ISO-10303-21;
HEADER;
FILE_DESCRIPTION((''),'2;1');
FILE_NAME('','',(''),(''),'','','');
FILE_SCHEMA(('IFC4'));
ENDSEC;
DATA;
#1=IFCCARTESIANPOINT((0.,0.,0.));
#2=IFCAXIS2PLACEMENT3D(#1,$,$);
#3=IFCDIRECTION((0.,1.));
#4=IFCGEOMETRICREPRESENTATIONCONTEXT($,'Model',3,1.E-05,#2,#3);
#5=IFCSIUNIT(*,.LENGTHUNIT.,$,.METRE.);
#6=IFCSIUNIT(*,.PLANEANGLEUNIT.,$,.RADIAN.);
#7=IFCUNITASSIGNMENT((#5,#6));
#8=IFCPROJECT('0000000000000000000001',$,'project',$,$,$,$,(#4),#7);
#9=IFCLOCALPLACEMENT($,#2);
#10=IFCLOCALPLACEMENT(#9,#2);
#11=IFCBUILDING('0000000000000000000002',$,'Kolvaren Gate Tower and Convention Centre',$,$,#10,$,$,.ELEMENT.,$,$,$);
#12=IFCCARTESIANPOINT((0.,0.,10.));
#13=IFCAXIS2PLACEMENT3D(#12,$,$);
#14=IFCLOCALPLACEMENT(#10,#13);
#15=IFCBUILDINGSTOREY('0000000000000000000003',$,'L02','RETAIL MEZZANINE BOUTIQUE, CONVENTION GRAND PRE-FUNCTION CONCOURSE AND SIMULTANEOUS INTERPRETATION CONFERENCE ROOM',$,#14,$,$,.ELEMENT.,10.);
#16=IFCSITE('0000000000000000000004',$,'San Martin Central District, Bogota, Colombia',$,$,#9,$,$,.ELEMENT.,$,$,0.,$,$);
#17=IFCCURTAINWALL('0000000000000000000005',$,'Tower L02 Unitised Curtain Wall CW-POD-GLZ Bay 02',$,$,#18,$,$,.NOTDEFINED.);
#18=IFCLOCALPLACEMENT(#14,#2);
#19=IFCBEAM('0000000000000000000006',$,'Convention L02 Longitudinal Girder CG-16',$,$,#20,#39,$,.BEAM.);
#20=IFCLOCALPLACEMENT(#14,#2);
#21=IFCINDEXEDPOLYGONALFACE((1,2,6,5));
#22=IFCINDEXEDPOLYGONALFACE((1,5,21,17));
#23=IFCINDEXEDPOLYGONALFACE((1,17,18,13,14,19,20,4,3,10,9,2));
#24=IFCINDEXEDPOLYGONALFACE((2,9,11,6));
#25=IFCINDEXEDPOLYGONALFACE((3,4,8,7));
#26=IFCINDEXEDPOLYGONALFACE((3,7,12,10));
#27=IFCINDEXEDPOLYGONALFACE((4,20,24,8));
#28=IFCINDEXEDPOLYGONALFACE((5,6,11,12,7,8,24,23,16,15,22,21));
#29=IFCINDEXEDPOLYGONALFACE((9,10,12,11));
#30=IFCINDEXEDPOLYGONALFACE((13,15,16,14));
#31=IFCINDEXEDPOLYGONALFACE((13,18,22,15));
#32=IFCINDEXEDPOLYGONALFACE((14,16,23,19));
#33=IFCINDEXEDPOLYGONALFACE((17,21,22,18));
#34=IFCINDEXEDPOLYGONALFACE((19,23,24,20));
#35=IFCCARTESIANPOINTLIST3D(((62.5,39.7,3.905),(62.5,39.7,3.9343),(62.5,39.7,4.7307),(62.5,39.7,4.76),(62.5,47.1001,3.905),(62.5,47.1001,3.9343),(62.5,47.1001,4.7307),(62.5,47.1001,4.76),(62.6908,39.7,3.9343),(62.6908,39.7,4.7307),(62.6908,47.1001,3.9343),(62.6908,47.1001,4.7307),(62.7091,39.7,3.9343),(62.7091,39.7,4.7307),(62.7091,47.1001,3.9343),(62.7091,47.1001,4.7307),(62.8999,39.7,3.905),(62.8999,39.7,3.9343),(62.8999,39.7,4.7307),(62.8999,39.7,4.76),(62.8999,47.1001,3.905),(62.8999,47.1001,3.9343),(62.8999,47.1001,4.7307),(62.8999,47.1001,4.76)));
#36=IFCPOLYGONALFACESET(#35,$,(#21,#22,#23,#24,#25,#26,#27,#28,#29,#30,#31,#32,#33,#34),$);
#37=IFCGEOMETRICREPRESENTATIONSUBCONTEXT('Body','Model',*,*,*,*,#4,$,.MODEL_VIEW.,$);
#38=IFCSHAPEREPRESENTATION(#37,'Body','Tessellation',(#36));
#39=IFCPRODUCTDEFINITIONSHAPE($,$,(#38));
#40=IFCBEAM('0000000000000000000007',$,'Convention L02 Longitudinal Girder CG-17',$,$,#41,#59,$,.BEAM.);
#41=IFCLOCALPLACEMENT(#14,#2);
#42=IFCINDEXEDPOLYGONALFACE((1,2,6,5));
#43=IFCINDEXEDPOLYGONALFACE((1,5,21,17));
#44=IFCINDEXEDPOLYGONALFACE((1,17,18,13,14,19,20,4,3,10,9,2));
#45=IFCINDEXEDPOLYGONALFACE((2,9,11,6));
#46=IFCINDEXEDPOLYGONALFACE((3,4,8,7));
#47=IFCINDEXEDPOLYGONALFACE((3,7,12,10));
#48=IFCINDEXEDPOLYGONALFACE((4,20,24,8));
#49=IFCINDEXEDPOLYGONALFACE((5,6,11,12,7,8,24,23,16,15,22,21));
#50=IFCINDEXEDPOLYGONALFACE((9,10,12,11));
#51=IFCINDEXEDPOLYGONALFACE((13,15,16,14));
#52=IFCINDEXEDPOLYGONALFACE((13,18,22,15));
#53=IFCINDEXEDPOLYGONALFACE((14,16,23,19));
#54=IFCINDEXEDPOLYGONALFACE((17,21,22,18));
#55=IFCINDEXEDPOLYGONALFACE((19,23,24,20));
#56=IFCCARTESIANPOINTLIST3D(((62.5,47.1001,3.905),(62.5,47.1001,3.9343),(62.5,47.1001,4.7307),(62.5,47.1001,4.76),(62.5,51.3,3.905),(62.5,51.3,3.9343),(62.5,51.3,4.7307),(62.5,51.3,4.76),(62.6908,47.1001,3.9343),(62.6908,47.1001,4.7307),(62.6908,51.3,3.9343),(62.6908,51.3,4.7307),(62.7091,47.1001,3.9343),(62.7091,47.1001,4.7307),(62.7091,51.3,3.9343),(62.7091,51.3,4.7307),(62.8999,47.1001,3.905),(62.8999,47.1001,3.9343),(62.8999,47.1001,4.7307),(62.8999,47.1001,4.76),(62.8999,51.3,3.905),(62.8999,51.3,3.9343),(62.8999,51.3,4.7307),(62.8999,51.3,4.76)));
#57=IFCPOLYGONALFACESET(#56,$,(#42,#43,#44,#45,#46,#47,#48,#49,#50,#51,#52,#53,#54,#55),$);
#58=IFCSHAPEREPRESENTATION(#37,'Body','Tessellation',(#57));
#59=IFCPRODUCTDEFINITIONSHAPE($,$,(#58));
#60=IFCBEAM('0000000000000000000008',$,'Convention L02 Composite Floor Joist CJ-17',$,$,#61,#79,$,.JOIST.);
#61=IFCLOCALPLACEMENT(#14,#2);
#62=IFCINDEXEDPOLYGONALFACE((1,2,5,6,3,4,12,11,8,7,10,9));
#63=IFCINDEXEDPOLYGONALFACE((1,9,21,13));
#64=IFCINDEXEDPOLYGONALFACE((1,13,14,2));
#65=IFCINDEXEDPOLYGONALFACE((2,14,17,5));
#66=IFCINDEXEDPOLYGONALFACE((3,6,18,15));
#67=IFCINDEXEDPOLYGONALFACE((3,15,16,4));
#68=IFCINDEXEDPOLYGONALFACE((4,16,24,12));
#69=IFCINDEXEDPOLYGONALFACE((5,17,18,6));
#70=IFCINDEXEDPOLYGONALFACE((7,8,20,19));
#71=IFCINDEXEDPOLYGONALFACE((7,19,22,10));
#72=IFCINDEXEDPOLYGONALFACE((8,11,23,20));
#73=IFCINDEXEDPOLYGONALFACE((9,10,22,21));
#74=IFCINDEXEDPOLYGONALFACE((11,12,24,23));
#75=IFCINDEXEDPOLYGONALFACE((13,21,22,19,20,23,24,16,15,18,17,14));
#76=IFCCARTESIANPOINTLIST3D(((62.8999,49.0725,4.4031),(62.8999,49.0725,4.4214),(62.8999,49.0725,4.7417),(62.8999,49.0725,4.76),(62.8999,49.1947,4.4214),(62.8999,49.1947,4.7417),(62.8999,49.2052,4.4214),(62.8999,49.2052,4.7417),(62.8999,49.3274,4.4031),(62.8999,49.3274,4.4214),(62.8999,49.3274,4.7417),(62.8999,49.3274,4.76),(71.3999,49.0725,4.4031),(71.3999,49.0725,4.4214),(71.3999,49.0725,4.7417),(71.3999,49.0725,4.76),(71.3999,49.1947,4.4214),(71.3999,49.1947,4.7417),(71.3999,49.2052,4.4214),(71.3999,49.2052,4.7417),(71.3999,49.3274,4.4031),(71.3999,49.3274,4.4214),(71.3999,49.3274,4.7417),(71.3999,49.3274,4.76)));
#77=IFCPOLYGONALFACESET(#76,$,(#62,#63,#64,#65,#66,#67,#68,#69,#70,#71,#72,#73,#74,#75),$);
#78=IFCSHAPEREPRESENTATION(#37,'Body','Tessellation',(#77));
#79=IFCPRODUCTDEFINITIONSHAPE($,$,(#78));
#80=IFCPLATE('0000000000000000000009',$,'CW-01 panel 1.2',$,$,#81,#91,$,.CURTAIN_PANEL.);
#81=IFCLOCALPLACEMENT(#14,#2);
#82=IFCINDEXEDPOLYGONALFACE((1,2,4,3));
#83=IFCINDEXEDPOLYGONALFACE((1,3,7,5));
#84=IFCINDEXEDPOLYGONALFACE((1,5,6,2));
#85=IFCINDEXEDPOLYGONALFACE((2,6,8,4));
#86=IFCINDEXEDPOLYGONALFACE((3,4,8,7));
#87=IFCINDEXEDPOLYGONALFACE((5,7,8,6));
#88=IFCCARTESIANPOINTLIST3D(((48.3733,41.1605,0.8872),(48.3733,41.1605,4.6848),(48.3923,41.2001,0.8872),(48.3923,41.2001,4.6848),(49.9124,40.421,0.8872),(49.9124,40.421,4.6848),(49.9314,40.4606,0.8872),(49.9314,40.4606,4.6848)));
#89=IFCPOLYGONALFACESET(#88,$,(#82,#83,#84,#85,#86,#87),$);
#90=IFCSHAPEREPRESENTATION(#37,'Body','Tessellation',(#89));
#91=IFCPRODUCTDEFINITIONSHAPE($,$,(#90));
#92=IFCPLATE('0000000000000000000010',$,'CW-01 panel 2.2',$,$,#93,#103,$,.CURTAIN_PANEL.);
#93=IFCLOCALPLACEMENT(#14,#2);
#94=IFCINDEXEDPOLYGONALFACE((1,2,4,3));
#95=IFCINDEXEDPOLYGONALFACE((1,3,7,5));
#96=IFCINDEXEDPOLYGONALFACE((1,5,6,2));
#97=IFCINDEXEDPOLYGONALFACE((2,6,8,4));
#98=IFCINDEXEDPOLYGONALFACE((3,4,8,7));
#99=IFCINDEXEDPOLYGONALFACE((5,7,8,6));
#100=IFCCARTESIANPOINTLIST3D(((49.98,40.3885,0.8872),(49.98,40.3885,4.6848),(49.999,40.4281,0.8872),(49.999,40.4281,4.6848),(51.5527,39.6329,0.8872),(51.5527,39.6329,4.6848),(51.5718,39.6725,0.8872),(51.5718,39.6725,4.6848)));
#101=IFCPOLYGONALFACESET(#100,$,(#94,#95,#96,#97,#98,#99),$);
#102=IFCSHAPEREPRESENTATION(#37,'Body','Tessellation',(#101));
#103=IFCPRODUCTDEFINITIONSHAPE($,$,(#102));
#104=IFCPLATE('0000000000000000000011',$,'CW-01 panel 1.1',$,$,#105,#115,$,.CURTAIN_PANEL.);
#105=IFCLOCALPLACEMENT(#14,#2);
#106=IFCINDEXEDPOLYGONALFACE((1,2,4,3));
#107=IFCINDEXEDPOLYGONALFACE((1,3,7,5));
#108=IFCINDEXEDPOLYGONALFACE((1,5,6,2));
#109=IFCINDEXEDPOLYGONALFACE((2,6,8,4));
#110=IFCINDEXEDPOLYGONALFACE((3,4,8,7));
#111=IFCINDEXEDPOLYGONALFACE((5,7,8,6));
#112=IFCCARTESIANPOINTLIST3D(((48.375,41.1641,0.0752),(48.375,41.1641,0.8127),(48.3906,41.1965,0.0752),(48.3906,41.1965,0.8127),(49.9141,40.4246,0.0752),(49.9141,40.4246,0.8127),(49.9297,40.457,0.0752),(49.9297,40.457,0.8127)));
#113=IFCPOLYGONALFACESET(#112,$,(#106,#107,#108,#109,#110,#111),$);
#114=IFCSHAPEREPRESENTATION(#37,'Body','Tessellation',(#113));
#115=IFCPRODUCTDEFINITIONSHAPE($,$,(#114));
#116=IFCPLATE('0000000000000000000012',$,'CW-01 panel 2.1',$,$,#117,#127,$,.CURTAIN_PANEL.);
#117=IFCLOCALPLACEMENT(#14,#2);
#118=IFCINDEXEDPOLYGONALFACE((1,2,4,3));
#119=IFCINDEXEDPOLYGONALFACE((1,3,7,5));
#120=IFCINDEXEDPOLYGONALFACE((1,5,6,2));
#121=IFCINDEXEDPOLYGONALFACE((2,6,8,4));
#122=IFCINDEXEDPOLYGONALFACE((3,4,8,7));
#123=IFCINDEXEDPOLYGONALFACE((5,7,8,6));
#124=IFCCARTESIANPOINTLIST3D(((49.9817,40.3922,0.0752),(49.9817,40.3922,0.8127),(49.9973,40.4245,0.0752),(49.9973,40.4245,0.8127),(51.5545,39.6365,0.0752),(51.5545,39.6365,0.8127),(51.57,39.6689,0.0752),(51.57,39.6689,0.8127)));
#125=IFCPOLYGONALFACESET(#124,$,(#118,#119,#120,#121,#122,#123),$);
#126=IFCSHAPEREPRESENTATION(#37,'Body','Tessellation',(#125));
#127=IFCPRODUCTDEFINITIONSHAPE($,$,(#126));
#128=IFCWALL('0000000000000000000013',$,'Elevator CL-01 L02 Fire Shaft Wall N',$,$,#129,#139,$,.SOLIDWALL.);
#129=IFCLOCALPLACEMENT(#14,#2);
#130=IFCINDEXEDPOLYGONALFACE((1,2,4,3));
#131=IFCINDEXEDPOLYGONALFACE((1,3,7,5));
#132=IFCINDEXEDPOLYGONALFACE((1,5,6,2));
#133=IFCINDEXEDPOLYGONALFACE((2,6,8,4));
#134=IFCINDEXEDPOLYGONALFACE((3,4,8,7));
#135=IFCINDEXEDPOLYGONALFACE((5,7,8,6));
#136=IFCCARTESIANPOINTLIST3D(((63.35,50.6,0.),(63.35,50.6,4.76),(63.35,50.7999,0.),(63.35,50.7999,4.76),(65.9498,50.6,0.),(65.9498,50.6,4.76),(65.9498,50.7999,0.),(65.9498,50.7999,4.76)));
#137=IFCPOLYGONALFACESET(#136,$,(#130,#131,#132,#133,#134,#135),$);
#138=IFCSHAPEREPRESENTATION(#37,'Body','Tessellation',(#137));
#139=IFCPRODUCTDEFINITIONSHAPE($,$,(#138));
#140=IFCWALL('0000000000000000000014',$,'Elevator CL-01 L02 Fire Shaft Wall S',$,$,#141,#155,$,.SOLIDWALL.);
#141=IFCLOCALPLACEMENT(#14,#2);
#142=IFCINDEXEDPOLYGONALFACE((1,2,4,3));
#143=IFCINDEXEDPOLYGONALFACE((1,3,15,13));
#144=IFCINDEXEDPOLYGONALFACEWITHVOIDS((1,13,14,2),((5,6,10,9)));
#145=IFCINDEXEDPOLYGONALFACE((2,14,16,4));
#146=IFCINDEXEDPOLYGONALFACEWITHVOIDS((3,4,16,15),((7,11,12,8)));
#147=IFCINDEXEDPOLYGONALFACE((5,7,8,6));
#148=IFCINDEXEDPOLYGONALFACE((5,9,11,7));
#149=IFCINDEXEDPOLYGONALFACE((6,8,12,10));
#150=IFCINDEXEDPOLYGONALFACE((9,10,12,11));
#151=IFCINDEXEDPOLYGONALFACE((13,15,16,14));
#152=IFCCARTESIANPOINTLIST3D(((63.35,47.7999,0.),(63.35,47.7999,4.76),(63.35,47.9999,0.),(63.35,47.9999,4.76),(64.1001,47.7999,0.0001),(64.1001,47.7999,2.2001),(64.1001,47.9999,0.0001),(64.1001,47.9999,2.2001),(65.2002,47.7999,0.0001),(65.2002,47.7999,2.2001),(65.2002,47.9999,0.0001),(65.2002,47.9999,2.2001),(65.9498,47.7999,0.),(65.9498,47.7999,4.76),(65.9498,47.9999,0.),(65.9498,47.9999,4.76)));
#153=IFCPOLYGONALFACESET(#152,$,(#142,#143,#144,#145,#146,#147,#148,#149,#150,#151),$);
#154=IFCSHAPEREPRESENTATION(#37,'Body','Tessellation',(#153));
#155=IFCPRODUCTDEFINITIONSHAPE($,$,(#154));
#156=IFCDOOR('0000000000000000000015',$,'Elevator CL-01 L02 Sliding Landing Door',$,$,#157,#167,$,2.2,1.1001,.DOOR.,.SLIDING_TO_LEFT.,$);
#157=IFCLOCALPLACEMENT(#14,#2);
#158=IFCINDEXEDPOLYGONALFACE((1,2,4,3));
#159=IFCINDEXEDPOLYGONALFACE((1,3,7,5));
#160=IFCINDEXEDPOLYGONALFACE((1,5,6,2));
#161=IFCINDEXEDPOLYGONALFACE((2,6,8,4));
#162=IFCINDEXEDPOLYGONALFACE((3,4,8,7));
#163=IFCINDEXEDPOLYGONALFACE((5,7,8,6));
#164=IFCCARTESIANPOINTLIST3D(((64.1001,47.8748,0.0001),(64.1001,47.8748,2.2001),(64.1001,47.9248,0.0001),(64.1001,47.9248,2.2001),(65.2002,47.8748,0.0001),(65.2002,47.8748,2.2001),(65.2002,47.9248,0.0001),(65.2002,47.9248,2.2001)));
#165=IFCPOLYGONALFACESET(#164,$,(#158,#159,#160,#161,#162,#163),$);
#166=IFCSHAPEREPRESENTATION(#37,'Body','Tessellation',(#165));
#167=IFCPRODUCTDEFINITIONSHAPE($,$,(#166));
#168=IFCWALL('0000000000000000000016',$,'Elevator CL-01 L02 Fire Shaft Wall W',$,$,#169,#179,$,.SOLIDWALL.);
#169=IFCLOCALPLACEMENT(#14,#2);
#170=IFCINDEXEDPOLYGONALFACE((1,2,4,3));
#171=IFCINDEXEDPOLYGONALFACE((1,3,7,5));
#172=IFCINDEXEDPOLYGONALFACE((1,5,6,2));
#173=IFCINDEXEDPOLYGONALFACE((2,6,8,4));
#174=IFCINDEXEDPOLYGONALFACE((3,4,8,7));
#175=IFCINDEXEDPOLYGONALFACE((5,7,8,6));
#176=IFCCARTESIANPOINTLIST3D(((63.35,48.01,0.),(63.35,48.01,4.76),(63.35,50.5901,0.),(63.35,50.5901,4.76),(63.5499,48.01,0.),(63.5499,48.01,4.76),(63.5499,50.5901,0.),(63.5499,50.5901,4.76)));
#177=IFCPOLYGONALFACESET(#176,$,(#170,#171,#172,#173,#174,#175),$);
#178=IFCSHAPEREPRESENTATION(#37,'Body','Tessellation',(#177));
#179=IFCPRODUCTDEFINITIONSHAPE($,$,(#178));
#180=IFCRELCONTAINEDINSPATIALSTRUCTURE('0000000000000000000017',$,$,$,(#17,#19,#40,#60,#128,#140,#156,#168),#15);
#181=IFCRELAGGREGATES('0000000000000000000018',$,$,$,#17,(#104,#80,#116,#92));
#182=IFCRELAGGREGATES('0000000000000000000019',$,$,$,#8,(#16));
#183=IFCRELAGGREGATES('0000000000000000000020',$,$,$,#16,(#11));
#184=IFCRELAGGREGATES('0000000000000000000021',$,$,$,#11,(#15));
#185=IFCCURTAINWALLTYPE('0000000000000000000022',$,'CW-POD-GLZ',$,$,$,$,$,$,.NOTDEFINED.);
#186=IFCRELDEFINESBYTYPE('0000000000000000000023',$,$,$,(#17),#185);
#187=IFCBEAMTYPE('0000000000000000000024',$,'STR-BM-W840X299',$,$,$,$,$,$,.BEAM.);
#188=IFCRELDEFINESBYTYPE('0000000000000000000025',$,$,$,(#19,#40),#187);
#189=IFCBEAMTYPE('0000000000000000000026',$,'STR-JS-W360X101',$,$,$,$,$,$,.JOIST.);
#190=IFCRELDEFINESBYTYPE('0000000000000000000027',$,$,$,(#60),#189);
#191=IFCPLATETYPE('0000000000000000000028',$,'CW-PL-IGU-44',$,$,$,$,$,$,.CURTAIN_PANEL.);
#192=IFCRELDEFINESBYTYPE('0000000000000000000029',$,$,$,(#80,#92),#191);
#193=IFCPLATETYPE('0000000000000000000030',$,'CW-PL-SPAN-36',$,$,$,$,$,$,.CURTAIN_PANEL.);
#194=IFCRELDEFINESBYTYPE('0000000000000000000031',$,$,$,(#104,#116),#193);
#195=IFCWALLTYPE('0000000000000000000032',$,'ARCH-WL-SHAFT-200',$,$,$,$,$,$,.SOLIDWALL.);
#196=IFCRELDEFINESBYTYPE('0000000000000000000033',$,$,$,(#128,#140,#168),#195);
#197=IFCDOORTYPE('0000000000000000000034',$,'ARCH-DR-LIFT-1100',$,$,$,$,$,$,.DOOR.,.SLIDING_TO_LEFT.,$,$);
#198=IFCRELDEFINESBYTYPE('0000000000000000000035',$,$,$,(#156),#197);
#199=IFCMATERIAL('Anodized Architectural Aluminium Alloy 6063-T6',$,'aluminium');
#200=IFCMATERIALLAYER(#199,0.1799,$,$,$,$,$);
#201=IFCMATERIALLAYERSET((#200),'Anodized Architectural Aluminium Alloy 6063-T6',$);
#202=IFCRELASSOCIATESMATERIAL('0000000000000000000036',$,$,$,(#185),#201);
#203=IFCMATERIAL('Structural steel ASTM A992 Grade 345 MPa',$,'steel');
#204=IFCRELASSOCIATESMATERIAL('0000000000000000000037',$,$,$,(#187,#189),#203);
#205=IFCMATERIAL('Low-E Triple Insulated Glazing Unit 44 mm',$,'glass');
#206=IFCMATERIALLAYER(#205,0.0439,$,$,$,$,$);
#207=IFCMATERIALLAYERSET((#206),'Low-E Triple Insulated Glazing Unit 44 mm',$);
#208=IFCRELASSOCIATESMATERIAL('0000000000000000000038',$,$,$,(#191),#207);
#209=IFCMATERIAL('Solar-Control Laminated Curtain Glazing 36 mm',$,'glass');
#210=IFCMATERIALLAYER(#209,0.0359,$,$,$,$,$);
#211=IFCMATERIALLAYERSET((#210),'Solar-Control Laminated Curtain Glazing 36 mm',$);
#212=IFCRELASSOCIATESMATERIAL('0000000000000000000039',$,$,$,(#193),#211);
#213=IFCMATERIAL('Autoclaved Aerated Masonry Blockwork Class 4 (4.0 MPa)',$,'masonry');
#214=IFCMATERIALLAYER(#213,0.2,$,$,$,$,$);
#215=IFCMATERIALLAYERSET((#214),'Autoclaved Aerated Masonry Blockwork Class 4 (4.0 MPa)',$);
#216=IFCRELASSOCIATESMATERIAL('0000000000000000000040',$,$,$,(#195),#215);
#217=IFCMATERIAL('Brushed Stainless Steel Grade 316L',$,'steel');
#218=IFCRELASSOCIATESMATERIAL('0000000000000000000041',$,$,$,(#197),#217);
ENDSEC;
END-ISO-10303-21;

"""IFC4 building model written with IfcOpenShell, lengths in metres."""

from ifc_helpers import new_model, si_unit, direction, frame, frame_2d, origin, origin_2d, place, context, subcontext, project, spatial, rectangle, i_section, extrude, material, layer, layer_set, material_profile, profile_set, type_object, element, fill, aggregate, save


model = new_model("IFC4")

# Units and contexts
model_context = context("Model", 3, precision=1e-05, world=origin(), true_north=direction((0.0, 1.0)))
body_context = subcontext(model_context, "Body", "Model", "MODEL_VIEW")
ifc_project = project(units=[si_unit("LENGTHUNIT", "METRE"), si_unit("PLANEANGLEUNIT", "RADIAN")], contexts=[model_context])

# Site, building, storey
site_placement = place(None, origin())
site = spatial("IfcSite", under=ifc_project, at=site_placement, Name="San Martin Central District, Bogota, Colombia", CompositionType="ELEMENT", RefElevation=0.0)
building_placement = place(site_placement, origin())
building = spatial("IfcBuilding", under=site, at=building_placement, Name="Kolvaren Gate Tower and Convention Centre", CompositionType="ELEMENT")
storey_placement = place(building_placement, frame((0.0, 0.0, 10.0)))
storey = spatial("IfcBuildingStorey", under=building, at=storey_placement, Name="L02", Description="RETAIL MEZZANINE BOUTIQUE, CONVENTION GRAND PRE-FUNCTION CONCOURSE AND SIMULTANEOUS INTERPRETATION CONFERENCE ROOM", CompositionType="ELEMENT", Elevation=10.0)

# Curtain wall
ifc_material_1 = material(Name="Anodized Architectural Aluminium Alloy 6063-T6", Category="aluminium")
ifc_layer_1 = layer(ifc_material_1, 0.1799)
ifc_layer_set_1 = layer_set([ifc_layer_1], Name="Anodized Architectural Aluminium Alloy 6063-T6")
curtain_wall_type = type_object("IfcCurtainWallType", Name="CW-POD-GLZ", PredefinedType="NOTDEFINED", material=ifc_layer_set_1)
curtain_wall_placement = place(storey_placement, origin())
curtain_wall = element("IfcCurtainWall", 1, at=curtain_wall_placement, inside=storey, type_object=curtain_wall_type, Name="Tower L02 Unitised Curtain Wall CW-POD-GLZ Bay 02", PredefinedType="NOTDEFINED")

# Beams
ifc_material_2 = material(Name="Structural steel ASTM A992 Grade 345 MPa", Category="steel")
ifc_material_profile_1 = material_profile(ifc_material_2, i_section(OverallWidth=0.3999, OverallDepth=0.855, WebThickness=0.0183, FlangeThickness=0.0293, at=origin_2d()), Name="W840X299")
ifc_profile_set_1 = profile_set([ifc_material_profile_1], Name="Structural steel ASTM A992 Grade 345 MPa")
beam_type_1 = type_object("IfcBeamType", Name="STR-BM-W840X299", PredefinedType="BEAM", material=ifc_profile_set_1)
beam_1_placement = place(storey_placement, frame((62.7, 39.7, 4.3325), z_axis=(0.0, 1.0, 0.0), x_axis=(-1.0, 0.0, 0.0)))
element("IfcBeam", 2, at=beam_1_placement, inside=storey, type_object=beam_type_1, Name="Convention L02 Longitudinal Girder CG-16", PredefinedType="BEAM", context=body_context, shape_type="SweptSolid", body=[
    extrude(i_section(OverallWidth=0.3999, OverallDepth=0.855, WebThickness=0.0183, FlangeThickness=0.0293, at=origin_2d()), origin(), (0.0, 0.0, 1.0), 7.4001),
])
beam_2_placement = place(storey_placement, frame((62.7, 47.1001, 4.3325), z_axis=(0.0, 1.0, 0.0), x_axis=(-1.0, 0.0, 0.0)))
element("IfcBeam", 3, at=beam_2_placement, inside=storey, type_object=beam_type_1, Name="Convention L02 Longitudinal Girder CG-17", PredefinedType="BEAM", context=body_context, shape_type="SweptSolid", body=[
    extrude(i_section(OverallWidth=0.3999, OverallDepth=0.855, WebThickness=0.0183, FlangeThickness=0.0293, at=origin_2d()), origin(), (0.0, 0.0, 1.0), 4.2),
])
ifc_material_profile_2 = material_profile(ifc_material_2, i_section(OverallWidth=0.2549, OverallDepth=0.3569, WebThickness=0.0105, FlangeThickness=0.0183, at=origin_2d()), Name="W360X101")
ifc_profile_set_2 = profile_set([ifc_material_profile_2], Name="Structural steel ASTM A992 Grade 345 MPa")
beam_type_2 = type_object("IfcBeamType", Name="STR-JS-W360X101", PredefinedType="JOIST", material=ifc_profile_set_2)
beam_3_placement = place(storey_placement, frame((62.8999, 49.2, 4.5815), z_axis=(1.0, 0.0, 0.0), x_axis=(0.0, 1.0, 0.0)))
element("IfcBeam", 4, at=beam_3_placement, inside=storey, type_object=beam_type_2, Name="Convention L02 Composite Floor Joist CJ-17", PredefinedType="JOIST", context=body_context, shape_type="SweptSolid", body=[
    extrude(i_section(OverallWidth=0.2549, OverallDepth=0.3569, WebThickness=0.0105, FlangeThickness=0.0183, at=origin_2d()), origin(), (0.0, 0.0, 1.0), 8.5),
])

# Plates
ifc_material_3 = material(Name="Low-E Triple Insulated Glazing Unit 44 mm", Category="glass")
ifc_layer_2 = layer(ifc_material_3, 0.0439)
ifc_layer_set_2 = layer_set([ifc_layer_2], Name="Low-E Triple Insulated Glazing Unit 44 mm")
plate_type_1 = type_object("IfcPlateType", Name="CW-PL-IGU-44", PredefinedType="CURTAIN_PANEL", material=ifc_layer_set_2)
plate_1_placement = place(storey_placement, frame((49.1523, 40.8105, 0.8872), z_axis=(0.0, 0.0, 1.0), x_axis=(0.901364, -0.433063, 0.0)))
plate_1 = element("IfcPlate", 5, at=plate_1_placement, type_object=plate_type_1, Name="CW-01 panel 1.2", PredefinedType="CURTAIN_PANEL", context=body_context, shape_type="SweptSolid", body=[
    extrude(rectangle(XDim=1.7075, YDim=0.0439, at=origin_2d()), origin(), (0.0, 0.0, 1.0), 3.7976),
])
plate_2_placement = place(storey_placement, frame((50.7759, 40.0305, 0.8872), z_axis=(0.0, 0.0, 1.0), x_axis=(0.901364, -0.433063, 0.0)))
plate_2 = element("IfcPlate", 6, at=plate_2_placement, type_object=plate_type_1, Name="CW-01 panel 2.2", PredefinedType="CURTAIN_PANEL", context=body_context, shape_type="SweptSolid", body=[
    extrude(rectangle(XDim=1.7449, YDim=0.0439, at=origin_2d()), origin(), (0.0, 0.0, 1.0), 3.7976),
])
ifc_material_4 = material(Name="Solar-Control Laminated Curtain Glazing 36 mm", Category="glass")
ifc_layer_3 = layer(ifc_material_4, 0.0359)
ifc_layer_set_3 = layer_set([ifc_layer_3], Name="Solar-Control Laminated Curtain Glazing 36 mm")
plate_type_2 = type_object("IfcPlateType", Name="CW-PL-SPAN-36", PredefinedType="CURTAIN_PANEL", material=ifc_layer_set_3)
plate_3_placement = place(storey_placement, frame((49.1523, 40.8105, 0.0752), z_axis=(0.0, 0.0, 1.0), x_axis=(0.901364, -0.433063, 0.0)))
plate_3 = element("IfcPlate", 7, at=plate_3_placement, type_object=plate_type_2, Name="CW-01 panel 1.1", PredefinedType="CURTAIN_PANEL", context=body_context, shape_type="SweptSolid", body=[
    extrude(rectangle(XDim=1.7075, YDim=0.0359, at=origin_2d()), origin(), (0.0, 0.0, 1.0), 0.7375),
])
plate_4_placement = place(storey_placement, frame((50.7759, 40.0305, 0.0752), z_axis=(0.0, 0.0, 1.0), x_axis=(0.901364, -0.433063, 0.0)))
plate_4 = element("IfcPlate", 8, at=plate_4_placement, type_object=plate_type_2, Name="CW-01 panel 2.1", PredefinedType="CURTAIN_PANEL", context=body_context, shape_type="SweptSolid", body=[
    extrude(rectangle(XDim=1.7449, YDim=0.0359, at=origin_2d()), origin(), (0.0, 0.0, 1.0), 0.7375),
])
aggregate(curtain_wall, [plate_3, plate_1, plate_4, plate_2])

# Wall
ifc_material_5 = material(Name="Autoclaved Aerated Masonry Blockwork Class 4 (4.0 MPa)", Category="masonry")
ifc_layer_4 = layer(ifc_material_5, 0.2)
ifc_layer_set_4 = layer_set([ifc_layer_4], Name="Autoclaved Aerated Masonry Blockwork Class 4 (4.0 MPa)")
wall_type_1 = type_object("IfcWallType", Name="ARCH-WL-SHAFT-200", PredefinedType="SOLIDWALL", material=ifc_layer_set_4)
wall_1_placement = place(storey_placement, frame((63.3501, 50.7, 0.0), z_axis=(0.0, 0.0, 1.0), x_axis=(1.0, 0.0, 0.0)))
element("IfcWall", 9, at=wall_1_placement, inside=storey, type_object=wall_type_1, Name="Elevator CL-01 L02 Fire Shaft Wall N", PredefinedType="SOLIDWALL", context=body_context, shape_type="SweptSolid", body=[
    extrude(rectangle(XDim=2.5999, YDim=0.2, at=frame_2d((1.2998, 0.0))), origin(), (0.0, 0.0, 1.0), 4.76),
])

# Wall, opening, door
wall_2_placement = place(storey_placement, frame((63.3501, 47.8999, 0.0), z_axis=(0.0, 0.0, 1.0), x_axis=(1.0, 0.0, 0.0)))
wall_2 = element("IfcWall", 10, at=wall_2_placement, inside=storey, type_object=wall_type_1, Name="Elevator CL-01 L02 Fire Shaft Wall S", PredefinedType="SOLIDWALL", context=body_context, shape_type="SweptSolid", body=[
    extrude(rectangle(XDim=2.5999, YDim=0.2, at=frame_2d((1.2998, 0.0))), origin(), (0.0, 0.0, 1.0), 4.76),
])
opening_1_placement = place(wall_2_placement, frame((0.75, 0.0, 0.0)))
opening_1 = element("IfcOpeningElement", 11, at=opening_1_placement, cuts=wall_2, PredefinedType="OPENING", context=body_context, shape_type="SweptSolid", body=[
    extrude(rectangle(XDim=1.1001, YDim=2.2, at=frame_2d((0.55, 1.1001))), frame((0.0, 0.1099, 0.0), z_axis=(0.0, -1.0, 0.0), x_axis=(1.0, 0.0, 0.0)), (0.0, 0.0, 1.0), 0.22),
])
ifc_material_6 = material(Name="Brushed Stainless Steel Grade 316L", Category="steel")
door_type = type_object("IfcDoorType", Name="ARCH-DR-LIFT-1100", OperationType="SLIDING_TO_LEFT", PredefinedType="DOOR", material=ifc_material_6)
door_placement = place(opening_1_placement, origin())
door = element("IfcDoor", 12, at=door_placement, inside=storey, type_object=door_type, Name="Elevator CL-01 L02 Sliding Landing Door", OperationType="SLIDING_TO_LEFT", OverallHeight=2.2, OverallWidth=1.1001, PredefinedType="DOOR", context=body_context, shape_type="SweptSolid", body=[
    extrude(rectangle(XDim=1.1001, YDim=2.2, at=frame_2d((0.55, 1.1001))), frame((0.0, 0.0249, 0.0), z_axis=(0.0, -1.0, 0.0), x_axis=(1.0, 0.0, 0.0)), (0.0, 0.0, 1.0), 0.05),
])
fill(opening_1, door)

# Wall
wall_3_placement = place(storey_placement, frame((63.45, 48.01, 0.0), z_axis=(0.0, 0.0, 1.0), x_axis=(0.0, 1.0, 0.0)))
element("IfcWall", 13, at=wall_3_placement, inside=storey, type_object=wall_type_1, Name="Elevator CL-01 L02 Fire Shaft Wall W", PredefinedType="SOLIDWALL", context=body_context, shape_type="SweptSolid", body=[
    extrude(rectangle(XDim=2.5801, YDim=0.2, at=frame_2d((1.29, 0.0))), origin(), (0.0, 0.0, 1.0), 4.76),
])

save(model, "model.ifc")
